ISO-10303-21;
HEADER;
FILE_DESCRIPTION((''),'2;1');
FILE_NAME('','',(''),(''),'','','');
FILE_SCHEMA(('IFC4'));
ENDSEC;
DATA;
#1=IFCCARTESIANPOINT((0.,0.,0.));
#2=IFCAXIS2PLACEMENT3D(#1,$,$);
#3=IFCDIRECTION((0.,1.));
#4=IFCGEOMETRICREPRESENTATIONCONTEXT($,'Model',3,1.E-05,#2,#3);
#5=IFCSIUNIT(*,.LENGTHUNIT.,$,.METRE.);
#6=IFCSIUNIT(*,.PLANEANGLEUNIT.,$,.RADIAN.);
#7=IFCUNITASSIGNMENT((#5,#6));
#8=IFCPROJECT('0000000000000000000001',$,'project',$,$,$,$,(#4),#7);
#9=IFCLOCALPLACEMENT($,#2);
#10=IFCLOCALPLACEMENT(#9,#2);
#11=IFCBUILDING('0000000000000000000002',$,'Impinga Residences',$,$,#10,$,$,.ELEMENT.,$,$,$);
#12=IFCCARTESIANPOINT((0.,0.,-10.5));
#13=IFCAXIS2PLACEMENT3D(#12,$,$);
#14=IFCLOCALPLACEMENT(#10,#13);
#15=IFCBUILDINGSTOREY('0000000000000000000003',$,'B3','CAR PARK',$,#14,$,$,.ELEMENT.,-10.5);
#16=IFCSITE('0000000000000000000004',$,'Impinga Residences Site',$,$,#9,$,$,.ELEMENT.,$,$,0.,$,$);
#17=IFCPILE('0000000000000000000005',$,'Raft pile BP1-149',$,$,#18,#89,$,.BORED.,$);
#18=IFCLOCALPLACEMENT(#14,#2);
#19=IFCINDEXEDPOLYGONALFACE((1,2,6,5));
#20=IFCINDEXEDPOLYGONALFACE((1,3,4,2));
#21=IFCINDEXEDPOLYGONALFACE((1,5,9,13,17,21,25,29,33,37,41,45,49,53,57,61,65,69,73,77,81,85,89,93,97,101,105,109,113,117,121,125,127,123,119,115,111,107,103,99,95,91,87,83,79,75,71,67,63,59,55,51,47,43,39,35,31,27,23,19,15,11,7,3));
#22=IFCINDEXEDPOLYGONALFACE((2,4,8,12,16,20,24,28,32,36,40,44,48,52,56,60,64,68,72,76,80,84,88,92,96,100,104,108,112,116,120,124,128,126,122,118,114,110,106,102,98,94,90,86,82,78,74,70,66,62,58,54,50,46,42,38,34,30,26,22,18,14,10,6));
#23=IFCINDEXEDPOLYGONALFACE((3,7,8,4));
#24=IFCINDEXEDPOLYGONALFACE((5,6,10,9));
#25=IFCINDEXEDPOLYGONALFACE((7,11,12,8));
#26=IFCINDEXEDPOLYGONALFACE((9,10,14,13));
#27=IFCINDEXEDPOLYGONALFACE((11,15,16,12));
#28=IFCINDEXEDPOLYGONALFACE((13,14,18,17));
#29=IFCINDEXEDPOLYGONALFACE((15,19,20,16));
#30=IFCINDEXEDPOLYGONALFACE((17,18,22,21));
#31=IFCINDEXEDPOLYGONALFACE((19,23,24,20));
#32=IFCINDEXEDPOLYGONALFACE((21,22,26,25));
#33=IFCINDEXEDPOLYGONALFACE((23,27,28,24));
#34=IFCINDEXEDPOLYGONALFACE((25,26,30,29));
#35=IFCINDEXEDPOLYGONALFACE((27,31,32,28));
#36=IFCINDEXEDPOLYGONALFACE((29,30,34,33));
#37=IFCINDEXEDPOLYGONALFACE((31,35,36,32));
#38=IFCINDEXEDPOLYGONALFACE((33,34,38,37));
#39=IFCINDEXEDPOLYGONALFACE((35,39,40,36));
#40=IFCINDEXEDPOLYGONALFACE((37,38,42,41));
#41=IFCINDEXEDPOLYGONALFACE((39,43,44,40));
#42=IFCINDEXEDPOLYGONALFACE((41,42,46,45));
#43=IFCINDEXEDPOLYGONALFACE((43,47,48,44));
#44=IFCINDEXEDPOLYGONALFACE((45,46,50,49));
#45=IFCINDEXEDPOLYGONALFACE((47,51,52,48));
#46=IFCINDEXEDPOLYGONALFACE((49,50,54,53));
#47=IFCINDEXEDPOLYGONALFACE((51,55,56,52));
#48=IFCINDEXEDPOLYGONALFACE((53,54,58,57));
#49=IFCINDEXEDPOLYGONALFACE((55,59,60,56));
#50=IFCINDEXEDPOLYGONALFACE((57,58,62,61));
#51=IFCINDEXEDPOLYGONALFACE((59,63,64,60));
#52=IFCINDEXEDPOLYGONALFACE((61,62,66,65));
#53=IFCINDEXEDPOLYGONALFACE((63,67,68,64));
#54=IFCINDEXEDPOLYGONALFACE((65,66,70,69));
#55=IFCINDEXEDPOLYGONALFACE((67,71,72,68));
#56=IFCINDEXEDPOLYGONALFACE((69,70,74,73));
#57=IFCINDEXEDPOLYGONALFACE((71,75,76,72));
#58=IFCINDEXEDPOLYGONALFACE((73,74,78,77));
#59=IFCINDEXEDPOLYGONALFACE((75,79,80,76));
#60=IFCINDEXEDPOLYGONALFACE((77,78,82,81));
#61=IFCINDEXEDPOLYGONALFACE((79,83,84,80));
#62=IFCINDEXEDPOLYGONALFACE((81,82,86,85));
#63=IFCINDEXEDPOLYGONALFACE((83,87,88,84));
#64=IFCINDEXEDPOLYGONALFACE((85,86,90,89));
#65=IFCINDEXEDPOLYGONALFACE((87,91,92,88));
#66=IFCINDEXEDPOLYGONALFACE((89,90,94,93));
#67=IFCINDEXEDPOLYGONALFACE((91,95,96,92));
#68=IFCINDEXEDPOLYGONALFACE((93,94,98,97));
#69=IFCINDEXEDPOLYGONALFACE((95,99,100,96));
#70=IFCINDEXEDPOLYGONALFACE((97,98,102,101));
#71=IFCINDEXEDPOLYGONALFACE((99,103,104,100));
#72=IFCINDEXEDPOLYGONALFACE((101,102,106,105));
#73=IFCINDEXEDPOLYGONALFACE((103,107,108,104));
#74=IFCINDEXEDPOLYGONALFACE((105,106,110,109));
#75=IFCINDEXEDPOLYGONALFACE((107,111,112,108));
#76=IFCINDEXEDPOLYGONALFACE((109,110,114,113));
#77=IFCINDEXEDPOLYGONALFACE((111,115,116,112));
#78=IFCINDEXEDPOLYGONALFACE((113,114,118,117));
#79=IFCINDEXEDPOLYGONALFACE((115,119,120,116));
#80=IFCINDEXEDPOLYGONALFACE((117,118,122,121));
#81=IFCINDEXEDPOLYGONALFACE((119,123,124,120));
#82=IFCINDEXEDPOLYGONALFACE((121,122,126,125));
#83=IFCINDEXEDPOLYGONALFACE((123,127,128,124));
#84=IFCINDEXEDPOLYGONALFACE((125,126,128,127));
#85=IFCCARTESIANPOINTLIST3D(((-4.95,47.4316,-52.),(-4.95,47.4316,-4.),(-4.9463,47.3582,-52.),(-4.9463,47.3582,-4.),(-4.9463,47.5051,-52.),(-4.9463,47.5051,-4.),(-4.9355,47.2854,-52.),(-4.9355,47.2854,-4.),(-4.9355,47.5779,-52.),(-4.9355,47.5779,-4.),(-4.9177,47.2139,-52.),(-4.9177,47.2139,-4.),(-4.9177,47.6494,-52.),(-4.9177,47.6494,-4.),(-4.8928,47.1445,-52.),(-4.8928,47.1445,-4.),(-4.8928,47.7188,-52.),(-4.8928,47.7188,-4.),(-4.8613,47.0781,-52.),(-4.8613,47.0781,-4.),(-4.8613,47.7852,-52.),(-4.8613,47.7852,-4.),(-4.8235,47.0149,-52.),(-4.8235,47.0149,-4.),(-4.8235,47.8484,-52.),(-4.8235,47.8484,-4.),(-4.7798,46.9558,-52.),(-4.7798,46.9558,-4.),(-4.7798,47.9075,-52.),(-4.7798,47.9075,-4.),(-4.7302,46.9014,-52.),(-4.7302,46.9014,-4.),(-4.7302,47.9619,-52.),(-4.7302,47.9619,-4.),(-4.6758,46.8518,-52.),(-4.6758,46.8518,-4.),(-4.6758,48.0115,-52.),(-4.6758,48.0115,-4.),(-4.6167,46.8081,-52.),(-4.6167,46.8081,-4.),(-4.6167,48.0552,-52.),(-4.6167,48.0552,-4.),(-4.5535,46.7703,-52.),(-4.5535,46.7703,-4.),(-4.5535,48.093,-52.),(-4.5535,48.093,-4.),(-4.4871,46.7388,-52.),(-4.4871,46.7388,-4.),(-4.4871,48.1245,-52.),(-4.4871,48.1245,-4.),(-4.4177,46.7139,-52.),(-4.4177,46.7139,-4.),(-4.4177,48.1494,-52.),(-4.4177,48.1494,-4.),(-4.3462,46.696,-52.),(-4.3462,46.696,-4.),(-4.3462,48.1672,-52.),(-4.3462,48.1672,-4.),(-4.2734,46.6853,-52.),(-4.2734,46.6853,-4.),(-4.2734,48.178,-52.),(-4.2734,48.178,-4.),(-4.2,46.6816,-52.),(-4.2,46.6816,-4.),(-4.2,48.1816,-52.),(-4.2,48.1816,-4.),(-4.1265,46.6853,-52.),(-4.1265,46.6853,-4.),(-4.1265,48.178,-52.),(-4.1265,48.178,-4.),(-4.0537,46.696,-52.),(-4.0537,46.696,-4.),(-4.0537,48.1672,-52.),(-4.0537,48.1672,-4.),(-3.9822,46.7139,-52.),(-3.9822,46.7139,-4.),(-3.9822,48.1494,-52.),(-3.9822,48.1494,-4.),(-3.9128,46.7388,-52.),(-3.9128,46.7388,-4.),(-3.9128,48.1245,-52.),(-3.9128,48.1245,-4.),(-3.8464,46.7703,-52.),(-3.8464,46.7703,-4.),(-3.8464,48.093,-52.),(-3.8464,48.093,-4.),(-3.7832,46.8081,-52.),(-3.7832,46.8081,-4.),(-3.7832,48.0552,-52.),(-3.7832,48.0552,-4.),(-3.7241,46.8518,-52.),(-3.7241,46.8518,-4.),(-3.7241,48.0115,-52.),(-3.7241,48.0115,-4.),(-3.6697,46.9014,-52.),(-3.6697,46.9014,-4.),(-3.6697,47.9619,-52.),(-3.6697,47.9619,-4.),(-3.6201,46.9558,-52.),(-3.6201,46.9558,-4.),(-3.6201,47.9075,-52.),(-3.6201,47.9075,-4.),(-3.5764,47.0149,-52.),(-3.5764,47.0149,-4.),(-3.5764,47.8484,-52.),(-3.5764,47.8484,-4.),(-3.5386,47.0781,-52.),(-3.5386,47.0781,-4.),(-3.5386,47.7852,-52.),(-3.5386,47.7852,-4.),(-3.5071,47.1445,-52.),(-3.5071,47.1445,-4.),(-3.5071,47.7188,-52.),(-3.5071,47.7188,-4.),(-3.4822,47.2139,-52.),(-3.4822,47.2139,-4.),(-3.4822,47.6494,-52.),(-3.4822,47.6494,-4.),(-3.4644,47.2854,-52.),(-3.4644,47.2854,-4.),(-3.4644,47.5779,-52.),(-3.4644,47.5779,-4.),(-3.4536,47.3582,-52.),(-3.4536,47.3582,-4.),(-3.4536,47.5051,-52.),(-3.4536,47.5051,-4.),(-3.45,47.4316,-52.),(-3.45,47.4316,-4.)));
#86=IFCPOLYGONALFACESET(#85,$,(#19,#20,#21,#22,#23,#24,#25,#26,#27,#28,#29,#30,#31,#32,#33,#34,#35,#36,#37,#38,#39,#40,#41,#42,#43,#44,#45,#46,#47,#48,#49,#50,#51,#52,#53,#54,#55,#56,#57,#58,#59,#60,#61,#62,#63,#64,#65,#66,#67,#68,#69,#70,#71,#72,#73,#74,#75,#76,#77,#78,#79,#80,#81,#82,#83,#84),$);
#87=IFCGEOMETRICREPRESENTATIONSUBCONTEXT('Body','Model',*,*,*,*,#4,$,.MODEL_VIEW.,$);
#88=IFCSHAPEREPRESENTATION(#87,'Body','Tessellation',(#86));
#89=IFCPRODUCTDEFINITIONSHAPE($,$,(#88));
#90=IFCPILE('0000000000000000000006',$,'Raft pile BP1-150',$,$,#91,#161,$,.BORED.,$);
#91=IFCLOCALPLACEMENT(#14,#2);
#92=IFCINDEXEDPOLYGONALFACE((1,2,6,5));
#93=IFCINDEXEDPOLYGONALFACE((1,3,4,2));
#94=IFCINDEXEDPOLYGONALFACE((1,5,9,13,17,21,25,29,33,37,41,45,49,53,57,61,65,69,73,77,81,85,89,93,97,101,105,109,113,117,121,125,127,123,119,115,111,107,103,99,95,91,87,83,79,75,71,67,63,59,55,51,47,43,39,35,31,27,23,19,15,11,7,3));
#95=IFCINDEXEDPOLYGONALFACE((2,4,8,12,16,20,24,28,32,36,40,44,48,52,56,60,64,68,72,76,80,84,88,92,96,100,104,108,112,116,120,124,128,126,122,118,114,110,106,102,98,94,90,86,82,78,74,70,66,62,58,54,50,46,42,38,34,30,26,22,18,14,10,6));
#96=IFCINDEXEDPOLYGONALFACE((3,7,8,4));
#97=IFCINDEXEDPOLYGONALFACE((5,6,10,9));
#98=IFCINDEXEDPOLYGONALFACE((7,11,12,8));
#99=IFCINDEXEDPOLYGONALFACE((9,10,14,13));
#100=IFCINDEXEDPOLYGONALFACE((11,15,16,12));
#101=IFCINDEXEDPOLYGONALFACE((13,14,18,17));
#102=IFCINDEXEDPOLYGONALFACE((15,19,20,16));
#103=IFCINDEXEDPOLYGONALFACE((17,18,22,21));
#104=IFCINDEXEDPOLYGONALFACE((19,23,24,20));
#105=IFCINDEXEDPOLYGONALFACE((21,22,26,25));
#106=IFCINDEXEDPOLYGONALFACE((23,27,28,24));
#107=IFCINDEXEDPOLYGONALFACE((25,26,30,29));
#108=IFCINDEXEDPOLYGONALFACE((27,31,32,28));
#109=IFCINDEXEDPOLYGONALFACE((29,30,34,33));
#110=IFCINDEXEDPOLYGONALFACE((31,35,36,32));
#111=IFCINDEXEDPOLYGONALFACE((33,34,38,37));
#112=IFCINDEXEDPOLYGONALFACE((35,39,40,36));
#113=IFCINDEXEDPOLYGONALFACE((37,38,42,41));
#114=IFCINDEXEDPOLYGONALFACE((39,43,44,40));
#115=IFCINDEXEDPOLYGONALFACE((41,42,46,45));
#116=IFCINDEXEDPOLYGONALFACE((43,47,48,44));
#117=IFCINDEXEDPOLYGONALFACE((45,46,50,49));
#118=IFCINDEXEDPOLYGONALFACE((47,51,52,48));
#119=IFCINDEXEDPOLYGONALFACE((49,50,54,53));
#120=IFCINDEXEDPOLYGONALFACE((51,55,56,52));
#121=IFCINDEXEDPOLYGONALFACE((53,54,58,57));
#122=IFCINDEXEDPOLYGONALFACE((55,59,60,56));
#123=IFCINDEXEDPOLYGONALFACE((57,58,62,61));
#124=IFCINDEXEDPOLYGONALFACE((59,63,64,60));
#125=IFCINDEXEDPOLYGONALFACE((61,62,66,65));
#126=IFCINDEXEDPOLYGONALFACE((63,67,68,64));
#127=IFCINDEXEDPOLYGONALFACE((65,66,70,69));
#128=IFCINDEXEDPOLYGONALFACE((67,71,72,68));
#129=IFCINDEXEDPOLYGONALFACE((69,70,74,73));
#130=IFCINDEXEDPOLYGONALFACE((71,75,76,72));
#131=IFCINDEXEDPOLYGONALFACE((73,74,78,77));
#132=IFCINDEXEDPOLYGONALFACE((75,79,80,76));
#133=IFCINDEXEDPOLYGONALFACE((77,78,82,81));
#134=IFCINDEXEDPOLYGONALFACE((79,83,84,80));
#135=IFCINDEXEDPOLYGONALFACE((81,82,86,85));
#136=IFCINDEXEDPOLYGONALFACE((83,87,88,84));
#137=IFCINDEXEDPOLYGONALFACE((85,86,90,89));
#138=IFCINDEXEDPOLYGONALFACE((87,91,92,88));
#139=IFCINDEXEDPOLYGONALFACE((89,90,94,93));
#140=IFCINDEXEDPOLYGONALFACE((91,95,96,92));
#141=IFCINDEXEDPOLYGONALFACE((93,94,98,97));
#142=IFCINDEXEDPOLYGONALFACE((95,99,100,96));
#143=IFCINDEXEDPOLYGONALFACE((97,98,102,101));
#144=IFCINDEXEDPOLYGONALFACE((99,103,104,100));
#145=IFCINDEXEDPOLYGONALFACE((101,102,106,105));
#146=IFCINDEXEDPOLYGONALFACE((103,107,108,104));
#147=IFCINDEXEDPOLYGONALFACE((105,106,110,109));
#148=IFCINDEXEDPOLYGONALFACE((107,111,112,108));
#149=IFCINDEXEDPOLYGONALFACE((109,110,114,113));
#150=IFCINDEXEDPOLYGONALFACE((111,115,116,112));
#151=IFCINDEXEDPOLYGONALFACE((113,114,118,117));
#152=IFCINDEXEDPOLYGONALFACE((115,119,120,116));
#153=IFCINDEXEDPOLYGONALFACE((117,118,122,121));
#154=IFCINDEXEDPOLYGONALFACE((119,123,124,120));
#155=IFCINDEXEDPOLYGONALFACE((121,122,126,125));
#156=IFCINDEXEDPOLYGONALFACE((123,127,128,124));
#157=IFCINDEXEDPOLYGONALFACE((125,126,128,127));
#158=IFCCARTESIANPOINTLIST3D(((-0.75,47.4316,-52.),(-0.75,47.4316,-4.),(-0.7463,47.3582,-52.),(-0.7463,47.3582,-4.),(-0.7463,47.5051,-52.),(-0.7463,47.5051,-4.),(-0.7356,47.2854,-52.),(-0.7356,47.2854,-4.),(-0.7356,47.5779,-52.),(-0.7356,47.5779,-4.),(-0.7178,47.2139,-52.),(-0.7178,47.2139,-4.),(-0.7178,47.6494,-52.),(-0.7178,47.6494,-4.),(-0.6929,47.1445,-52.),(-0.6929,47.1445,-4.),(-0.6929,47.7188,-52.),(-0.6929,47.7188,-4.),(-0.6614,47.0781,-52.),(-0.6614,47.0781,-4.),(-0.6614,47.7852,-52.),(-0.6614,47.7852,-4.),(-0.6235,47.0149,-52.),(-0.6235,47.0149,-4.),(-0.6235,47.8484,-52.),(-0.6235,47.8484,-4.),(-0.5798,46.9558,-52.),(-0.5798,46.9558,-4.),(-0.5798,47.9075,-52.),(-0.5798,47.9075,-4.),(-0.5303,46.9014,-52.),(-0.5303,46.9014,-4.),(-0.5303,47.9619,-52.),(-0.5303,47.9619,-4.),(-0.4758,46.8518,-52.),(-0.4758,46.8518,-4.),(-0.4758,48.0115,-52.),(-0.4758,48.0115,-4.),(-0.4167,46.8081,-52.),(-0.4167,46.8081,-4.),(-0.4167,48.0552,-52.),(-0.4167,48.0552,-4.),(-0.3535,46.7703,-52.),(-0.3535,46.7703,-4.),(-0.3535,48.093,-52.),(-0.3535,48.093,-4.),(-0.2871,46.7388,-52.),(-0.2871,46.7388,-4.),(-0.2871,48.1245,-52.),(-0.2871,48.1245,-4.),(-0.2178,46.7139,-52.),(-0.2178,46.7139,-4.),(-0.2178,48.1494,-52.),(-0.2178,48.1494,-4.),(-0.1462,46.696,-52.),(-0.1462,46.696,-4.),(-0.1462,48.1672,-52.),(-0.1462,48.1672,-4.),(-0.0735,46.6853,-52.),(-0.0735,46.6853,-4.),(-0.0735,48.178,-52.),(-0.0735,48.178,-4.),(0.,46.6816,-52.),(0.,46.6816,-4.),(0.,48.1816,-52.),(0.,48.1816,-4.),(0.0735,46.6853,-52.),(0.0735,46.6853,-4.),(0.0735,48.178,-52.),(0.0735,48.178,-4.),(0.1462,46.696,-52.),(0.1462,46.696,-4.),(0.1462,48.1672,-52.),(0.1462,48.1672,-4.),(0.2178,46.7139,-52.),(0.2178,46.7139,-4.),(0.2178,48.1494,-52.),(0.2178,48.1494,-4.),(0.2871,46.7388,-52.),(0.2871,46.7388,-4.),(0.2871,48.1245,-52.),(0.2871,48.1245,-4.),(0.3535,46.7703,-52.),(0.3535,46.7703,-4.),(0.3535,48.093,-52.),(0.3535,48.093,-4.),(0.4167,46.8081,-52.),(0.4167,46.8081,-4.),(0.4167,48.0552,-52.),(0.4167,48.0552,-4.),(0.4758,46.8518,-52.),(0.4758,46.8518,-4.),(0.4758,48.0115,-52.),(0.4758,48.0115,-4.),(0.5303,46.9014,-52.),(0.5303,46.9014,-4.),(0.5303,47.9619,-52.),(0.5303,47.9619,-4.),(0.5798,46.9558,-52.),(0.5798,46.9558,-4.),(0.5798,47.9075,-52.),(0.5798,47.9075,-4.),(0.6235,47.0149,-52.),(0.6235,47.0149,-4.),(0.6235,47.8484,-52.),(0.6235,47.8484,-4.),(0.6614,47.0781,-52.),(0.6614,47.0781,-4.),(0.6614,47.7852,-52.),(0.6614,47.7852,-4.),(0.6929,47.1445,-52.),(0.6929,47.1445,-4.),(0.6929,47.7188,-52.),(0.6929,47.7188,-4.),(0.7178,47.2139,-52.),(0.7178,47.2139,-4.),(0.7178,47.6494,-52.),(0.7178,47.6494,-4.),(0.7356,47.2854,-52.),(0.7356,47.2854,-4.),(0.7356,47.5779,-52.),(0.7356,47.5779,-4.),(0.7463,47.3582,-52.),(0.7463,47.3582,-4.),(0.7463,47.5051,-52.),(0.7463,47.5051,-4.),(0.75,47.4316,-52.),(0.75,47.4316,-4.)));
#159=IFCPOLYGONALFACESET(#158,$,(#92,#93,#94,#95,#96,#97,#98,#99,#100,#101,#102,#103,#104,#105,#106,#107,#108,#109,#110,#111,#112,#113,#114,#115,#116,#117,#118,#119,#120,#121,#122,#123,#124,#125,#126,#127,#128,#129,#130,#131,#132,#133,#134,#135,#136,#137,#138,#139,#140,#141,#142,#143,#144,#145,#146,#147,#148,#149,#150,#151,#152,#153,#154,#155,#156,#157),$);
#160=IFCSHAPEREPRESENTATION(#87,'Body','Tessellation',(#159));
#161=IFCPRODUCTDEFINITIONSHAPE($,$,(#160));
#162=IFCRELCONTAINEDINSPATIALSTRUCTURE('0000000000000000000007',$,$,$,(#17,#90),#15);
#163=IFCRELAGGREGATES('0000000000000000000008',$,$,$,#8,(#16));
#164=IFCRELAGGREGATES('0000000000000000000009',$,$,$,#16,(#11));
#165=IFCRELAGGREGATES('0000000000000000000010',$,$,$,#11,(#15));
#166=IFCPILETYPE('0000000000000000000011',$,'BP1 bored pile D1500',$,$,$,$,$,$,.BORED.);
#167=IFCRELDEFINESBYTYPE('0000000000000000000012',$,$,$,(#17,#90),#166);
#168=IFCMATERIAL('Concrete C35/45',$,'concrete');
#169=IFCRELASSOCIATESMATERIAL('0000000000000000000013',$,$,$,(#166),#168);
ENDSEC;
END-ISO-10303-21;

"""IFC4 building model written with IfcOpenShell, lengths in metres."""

from ifc_helpers import new_model, si_unit, direction, frame, origin, origin_2d, place, context, subcontext, project, spatial, polyline, circle, outline, extrude, material, material_profile, profile_set, type_object, element, save


model = new_model("IFC4")

# Units and contexts
model_context = context("Model", 3, precision=1e-05, world=origin(), true_north=direction((0.0, 1.0)))
body_context = subcontext(model_context, "Body", "Model", "MODEL_VIEW")
ifc_project = project(units=[si_unit("LENGTHUNIT", "METRE"), si_unit("PLANEANGLEUNIT", "RADIAN")], contexts=[model_context])

# Site, building, storey
site_placement = place(None, origin())
site = spatial("IfcSite", under=ifc_project, at=site_placement, Name="Impinga Residences Site", CompositionType="ELEMENT", RefElevation=0.0)
building_placement = place(site_placement, origin())
building = spatial("IfcBuilding", under=site, at=building_placement, Name="Impinga Residences", CompositionType="ELEMENT")
storey_placement = place(building_placement, frame((0.0, 0.0, -10.5)))
storey = spatial("IfcBuildingStorey", under=building, at=storey_placement, Name="B3", Description="CAR PARK", CompositionType="ELEMENT", Elevation=-10.5)

# Piles
ifc_material_1 = material(Name="Concrete C35/45", Category="concrete")
ifc_material_profile_1 = material_profile(ifc_material_1, circle(Radius=0.75, at=origin_2d()), Name="D1500")
ifc_profile_set_1 = profile_set([ifc_material_profile_1], Name="Concrete C35/45")
pile_type_1 = type_object("IfcPileType", Name="BP1 bored pile D1500", PredefinedType="BORED", material=ifc_profile_set_1)
pile_1_placement = place(storey_placement, frame((-4.2, 47.4316, -4.0), z_axis=(0.0, 0.0, -1.0), x_axis=(1.0, 0.0, 0.0)))
element("IfcPile", 1, at=pile_1_placement, inside=storey, type_object=pile_type_1, Name="Raft pile BP1-149", PredefinedType="BORED", context=body_context, shape_type="SweptSolid", body=[
    extrude(outline(polyline([(0.75, 0.0), (0.7463, 0.0735), (0.7356, 0.1462), (0.7178, 0.2178), (0.6929, 0.2871), (0.6614, 0.3535), (0.6235, 0.4167), (0.5798, 0.4758), (0.5303, 0.5303), (0.4758, 0.5798), (0.4167, 0.6235), (0.3535, 0.6614), (0.2871, 0.6929), (0.2178, 0.7178), (0.1462, 0.7356), (0.0735, 0.7463), (0.0, 0.75), (-0.0735, 0.7463), (-0.1462, 0.7356), (-0.2178, 0.7178), (-0.2871, 0.6929), (-0.3535, 0.6614), (-0.4167, 0.6235), (-0.4758, 0.5798), (-0.5303, 0.5303), (-0.5798, 0.4758), (-0.6235, 0.4167), (-0.6614, 0.3535), (-0.6929, 0.2871), (-0.7178, 0.2178), (-0.7356, 0.1462), (-0.7463, 0.0735), (-0.75, 0.0), (-0.7463, -0.0735), (-0.7356, -0.1462), (-0.7178, -0.2178), (-0.6929, -0.2871), (-0.6614, -0.3535), (-0.6235, -0.4167), (-0.5798, -0.4758), (-0.5303, -0.5303), (-0.4758, -0.5798), (-0.4167, -0.6235), (-0.3535, -0.6614), (-0.2871, -0.6929), (-0.2178, -0.7178), (-0.1462, -0.7356), (-0.0735, -0.7463), (0.0, -0.75), (0.0735, -0.7463), (0.1462, -0.7356), (0.2178, -0.7178), (0.2871, -0.6929), (0.3535, -0.6614), (0.4167, -0.6235), (0.4758, -0.5798), (0.5303, -0.5303), (0.5798, -0.4758), (0.6235, -0.4167), (0.6614, -0.3535), (0.6929, -0.2871), (0.7178, -0.2178), (0.7356, -0.1462), (0.7463, -0.0735), (0.75, 0.0)])), origin(), (0.0, 0.0, 1.0), 48.0),
])
pile_2_placement = place(storey_placement, frame((0.0, 47.4316, -4.0), z_axis=(0.0, 0.0, -1.0), x_axis=(1.0, 0.0, 0.0)))
element("IfcPile", 2, at=pile_2_placement, inside=storey, type_object=pile_type_1, Name="Raft pile BP1-150", PredefinedType="BORED", context=body_context, shape_type="SweptSolid", body=[
    extrude(outline(polyline([(0.75, 0.0), (0.7463, 0.0735), (0.7356, 0.1462), (0.7178, 0.2178), (0.6929, 0.2871), (0.6614, 0.3535), (0.6235, 0.4167), (0.5798, 0.4758), (0.5303, 0.5303), (0.4758, 0.5798), (0.4167, 0.6235), (0.3535, 0.6614), (0.2871, 0.6929), (0.2178, 0.7178), (0.1462, 0.7356), (0.0735, 0.7463), (0.0, 0.75), (-0.0735, 0.7463), (-0.1462, 0.7356), (-0.2178, 0.7178), (-0.2871, 0.6929), (-0.3535, 0.6614), (-0.4167, 0.6235), (-0.4758, 0.5798), (-0.5303, 0.5303), (-0.5798, 0.4758), (-0.6235, 0.4167), (-0.6614, 0.3535), (-0.6929, 0.2871), (-0.7178, 0.2178), (-0.7356, 0.1462), (-0.7463, 0.0735), (-0.75, 0.0), (-0.7463, -0.0735), (-0.7356, -0.1462), (-0.7178, -0.2178), (-0.6929, -0.2871), (-0.6614, -0.3535), (-0.6235, -0.4167), (-0.5798, -0.4758), (-0.5303, -0.5303), (-0.4758, -0.5798), (-0.4167, -0.6235), (-0.3535, -0.6614), (-0.2871, -0.6929), (-0.2178, -0.7178), (-0.1462, -0.7356), (-0.0735, -0.7463), (0.0, -0.75), (0.0735, -0.7463), (0.1462, -0.7356), (0.2178, -0.7178), (0.2871, -0.6929), (0.3535, -0.6614), (0.4167, -0.6235), (0.4758, -0.5798), (0.5303, -0.5303), (0.5798, -0.4758), (0.6235, -0.4167), (0.6614, -0.3535), (0.6929, -0.2871), (0.7178, -0.2178), (0.7356, -0.1462), (0.7463, -0.0735), (0.75, 0.0)])), origin(), (0.0, 0.0, 1.0), 48.0),
])

save(model, "model.ifc")
